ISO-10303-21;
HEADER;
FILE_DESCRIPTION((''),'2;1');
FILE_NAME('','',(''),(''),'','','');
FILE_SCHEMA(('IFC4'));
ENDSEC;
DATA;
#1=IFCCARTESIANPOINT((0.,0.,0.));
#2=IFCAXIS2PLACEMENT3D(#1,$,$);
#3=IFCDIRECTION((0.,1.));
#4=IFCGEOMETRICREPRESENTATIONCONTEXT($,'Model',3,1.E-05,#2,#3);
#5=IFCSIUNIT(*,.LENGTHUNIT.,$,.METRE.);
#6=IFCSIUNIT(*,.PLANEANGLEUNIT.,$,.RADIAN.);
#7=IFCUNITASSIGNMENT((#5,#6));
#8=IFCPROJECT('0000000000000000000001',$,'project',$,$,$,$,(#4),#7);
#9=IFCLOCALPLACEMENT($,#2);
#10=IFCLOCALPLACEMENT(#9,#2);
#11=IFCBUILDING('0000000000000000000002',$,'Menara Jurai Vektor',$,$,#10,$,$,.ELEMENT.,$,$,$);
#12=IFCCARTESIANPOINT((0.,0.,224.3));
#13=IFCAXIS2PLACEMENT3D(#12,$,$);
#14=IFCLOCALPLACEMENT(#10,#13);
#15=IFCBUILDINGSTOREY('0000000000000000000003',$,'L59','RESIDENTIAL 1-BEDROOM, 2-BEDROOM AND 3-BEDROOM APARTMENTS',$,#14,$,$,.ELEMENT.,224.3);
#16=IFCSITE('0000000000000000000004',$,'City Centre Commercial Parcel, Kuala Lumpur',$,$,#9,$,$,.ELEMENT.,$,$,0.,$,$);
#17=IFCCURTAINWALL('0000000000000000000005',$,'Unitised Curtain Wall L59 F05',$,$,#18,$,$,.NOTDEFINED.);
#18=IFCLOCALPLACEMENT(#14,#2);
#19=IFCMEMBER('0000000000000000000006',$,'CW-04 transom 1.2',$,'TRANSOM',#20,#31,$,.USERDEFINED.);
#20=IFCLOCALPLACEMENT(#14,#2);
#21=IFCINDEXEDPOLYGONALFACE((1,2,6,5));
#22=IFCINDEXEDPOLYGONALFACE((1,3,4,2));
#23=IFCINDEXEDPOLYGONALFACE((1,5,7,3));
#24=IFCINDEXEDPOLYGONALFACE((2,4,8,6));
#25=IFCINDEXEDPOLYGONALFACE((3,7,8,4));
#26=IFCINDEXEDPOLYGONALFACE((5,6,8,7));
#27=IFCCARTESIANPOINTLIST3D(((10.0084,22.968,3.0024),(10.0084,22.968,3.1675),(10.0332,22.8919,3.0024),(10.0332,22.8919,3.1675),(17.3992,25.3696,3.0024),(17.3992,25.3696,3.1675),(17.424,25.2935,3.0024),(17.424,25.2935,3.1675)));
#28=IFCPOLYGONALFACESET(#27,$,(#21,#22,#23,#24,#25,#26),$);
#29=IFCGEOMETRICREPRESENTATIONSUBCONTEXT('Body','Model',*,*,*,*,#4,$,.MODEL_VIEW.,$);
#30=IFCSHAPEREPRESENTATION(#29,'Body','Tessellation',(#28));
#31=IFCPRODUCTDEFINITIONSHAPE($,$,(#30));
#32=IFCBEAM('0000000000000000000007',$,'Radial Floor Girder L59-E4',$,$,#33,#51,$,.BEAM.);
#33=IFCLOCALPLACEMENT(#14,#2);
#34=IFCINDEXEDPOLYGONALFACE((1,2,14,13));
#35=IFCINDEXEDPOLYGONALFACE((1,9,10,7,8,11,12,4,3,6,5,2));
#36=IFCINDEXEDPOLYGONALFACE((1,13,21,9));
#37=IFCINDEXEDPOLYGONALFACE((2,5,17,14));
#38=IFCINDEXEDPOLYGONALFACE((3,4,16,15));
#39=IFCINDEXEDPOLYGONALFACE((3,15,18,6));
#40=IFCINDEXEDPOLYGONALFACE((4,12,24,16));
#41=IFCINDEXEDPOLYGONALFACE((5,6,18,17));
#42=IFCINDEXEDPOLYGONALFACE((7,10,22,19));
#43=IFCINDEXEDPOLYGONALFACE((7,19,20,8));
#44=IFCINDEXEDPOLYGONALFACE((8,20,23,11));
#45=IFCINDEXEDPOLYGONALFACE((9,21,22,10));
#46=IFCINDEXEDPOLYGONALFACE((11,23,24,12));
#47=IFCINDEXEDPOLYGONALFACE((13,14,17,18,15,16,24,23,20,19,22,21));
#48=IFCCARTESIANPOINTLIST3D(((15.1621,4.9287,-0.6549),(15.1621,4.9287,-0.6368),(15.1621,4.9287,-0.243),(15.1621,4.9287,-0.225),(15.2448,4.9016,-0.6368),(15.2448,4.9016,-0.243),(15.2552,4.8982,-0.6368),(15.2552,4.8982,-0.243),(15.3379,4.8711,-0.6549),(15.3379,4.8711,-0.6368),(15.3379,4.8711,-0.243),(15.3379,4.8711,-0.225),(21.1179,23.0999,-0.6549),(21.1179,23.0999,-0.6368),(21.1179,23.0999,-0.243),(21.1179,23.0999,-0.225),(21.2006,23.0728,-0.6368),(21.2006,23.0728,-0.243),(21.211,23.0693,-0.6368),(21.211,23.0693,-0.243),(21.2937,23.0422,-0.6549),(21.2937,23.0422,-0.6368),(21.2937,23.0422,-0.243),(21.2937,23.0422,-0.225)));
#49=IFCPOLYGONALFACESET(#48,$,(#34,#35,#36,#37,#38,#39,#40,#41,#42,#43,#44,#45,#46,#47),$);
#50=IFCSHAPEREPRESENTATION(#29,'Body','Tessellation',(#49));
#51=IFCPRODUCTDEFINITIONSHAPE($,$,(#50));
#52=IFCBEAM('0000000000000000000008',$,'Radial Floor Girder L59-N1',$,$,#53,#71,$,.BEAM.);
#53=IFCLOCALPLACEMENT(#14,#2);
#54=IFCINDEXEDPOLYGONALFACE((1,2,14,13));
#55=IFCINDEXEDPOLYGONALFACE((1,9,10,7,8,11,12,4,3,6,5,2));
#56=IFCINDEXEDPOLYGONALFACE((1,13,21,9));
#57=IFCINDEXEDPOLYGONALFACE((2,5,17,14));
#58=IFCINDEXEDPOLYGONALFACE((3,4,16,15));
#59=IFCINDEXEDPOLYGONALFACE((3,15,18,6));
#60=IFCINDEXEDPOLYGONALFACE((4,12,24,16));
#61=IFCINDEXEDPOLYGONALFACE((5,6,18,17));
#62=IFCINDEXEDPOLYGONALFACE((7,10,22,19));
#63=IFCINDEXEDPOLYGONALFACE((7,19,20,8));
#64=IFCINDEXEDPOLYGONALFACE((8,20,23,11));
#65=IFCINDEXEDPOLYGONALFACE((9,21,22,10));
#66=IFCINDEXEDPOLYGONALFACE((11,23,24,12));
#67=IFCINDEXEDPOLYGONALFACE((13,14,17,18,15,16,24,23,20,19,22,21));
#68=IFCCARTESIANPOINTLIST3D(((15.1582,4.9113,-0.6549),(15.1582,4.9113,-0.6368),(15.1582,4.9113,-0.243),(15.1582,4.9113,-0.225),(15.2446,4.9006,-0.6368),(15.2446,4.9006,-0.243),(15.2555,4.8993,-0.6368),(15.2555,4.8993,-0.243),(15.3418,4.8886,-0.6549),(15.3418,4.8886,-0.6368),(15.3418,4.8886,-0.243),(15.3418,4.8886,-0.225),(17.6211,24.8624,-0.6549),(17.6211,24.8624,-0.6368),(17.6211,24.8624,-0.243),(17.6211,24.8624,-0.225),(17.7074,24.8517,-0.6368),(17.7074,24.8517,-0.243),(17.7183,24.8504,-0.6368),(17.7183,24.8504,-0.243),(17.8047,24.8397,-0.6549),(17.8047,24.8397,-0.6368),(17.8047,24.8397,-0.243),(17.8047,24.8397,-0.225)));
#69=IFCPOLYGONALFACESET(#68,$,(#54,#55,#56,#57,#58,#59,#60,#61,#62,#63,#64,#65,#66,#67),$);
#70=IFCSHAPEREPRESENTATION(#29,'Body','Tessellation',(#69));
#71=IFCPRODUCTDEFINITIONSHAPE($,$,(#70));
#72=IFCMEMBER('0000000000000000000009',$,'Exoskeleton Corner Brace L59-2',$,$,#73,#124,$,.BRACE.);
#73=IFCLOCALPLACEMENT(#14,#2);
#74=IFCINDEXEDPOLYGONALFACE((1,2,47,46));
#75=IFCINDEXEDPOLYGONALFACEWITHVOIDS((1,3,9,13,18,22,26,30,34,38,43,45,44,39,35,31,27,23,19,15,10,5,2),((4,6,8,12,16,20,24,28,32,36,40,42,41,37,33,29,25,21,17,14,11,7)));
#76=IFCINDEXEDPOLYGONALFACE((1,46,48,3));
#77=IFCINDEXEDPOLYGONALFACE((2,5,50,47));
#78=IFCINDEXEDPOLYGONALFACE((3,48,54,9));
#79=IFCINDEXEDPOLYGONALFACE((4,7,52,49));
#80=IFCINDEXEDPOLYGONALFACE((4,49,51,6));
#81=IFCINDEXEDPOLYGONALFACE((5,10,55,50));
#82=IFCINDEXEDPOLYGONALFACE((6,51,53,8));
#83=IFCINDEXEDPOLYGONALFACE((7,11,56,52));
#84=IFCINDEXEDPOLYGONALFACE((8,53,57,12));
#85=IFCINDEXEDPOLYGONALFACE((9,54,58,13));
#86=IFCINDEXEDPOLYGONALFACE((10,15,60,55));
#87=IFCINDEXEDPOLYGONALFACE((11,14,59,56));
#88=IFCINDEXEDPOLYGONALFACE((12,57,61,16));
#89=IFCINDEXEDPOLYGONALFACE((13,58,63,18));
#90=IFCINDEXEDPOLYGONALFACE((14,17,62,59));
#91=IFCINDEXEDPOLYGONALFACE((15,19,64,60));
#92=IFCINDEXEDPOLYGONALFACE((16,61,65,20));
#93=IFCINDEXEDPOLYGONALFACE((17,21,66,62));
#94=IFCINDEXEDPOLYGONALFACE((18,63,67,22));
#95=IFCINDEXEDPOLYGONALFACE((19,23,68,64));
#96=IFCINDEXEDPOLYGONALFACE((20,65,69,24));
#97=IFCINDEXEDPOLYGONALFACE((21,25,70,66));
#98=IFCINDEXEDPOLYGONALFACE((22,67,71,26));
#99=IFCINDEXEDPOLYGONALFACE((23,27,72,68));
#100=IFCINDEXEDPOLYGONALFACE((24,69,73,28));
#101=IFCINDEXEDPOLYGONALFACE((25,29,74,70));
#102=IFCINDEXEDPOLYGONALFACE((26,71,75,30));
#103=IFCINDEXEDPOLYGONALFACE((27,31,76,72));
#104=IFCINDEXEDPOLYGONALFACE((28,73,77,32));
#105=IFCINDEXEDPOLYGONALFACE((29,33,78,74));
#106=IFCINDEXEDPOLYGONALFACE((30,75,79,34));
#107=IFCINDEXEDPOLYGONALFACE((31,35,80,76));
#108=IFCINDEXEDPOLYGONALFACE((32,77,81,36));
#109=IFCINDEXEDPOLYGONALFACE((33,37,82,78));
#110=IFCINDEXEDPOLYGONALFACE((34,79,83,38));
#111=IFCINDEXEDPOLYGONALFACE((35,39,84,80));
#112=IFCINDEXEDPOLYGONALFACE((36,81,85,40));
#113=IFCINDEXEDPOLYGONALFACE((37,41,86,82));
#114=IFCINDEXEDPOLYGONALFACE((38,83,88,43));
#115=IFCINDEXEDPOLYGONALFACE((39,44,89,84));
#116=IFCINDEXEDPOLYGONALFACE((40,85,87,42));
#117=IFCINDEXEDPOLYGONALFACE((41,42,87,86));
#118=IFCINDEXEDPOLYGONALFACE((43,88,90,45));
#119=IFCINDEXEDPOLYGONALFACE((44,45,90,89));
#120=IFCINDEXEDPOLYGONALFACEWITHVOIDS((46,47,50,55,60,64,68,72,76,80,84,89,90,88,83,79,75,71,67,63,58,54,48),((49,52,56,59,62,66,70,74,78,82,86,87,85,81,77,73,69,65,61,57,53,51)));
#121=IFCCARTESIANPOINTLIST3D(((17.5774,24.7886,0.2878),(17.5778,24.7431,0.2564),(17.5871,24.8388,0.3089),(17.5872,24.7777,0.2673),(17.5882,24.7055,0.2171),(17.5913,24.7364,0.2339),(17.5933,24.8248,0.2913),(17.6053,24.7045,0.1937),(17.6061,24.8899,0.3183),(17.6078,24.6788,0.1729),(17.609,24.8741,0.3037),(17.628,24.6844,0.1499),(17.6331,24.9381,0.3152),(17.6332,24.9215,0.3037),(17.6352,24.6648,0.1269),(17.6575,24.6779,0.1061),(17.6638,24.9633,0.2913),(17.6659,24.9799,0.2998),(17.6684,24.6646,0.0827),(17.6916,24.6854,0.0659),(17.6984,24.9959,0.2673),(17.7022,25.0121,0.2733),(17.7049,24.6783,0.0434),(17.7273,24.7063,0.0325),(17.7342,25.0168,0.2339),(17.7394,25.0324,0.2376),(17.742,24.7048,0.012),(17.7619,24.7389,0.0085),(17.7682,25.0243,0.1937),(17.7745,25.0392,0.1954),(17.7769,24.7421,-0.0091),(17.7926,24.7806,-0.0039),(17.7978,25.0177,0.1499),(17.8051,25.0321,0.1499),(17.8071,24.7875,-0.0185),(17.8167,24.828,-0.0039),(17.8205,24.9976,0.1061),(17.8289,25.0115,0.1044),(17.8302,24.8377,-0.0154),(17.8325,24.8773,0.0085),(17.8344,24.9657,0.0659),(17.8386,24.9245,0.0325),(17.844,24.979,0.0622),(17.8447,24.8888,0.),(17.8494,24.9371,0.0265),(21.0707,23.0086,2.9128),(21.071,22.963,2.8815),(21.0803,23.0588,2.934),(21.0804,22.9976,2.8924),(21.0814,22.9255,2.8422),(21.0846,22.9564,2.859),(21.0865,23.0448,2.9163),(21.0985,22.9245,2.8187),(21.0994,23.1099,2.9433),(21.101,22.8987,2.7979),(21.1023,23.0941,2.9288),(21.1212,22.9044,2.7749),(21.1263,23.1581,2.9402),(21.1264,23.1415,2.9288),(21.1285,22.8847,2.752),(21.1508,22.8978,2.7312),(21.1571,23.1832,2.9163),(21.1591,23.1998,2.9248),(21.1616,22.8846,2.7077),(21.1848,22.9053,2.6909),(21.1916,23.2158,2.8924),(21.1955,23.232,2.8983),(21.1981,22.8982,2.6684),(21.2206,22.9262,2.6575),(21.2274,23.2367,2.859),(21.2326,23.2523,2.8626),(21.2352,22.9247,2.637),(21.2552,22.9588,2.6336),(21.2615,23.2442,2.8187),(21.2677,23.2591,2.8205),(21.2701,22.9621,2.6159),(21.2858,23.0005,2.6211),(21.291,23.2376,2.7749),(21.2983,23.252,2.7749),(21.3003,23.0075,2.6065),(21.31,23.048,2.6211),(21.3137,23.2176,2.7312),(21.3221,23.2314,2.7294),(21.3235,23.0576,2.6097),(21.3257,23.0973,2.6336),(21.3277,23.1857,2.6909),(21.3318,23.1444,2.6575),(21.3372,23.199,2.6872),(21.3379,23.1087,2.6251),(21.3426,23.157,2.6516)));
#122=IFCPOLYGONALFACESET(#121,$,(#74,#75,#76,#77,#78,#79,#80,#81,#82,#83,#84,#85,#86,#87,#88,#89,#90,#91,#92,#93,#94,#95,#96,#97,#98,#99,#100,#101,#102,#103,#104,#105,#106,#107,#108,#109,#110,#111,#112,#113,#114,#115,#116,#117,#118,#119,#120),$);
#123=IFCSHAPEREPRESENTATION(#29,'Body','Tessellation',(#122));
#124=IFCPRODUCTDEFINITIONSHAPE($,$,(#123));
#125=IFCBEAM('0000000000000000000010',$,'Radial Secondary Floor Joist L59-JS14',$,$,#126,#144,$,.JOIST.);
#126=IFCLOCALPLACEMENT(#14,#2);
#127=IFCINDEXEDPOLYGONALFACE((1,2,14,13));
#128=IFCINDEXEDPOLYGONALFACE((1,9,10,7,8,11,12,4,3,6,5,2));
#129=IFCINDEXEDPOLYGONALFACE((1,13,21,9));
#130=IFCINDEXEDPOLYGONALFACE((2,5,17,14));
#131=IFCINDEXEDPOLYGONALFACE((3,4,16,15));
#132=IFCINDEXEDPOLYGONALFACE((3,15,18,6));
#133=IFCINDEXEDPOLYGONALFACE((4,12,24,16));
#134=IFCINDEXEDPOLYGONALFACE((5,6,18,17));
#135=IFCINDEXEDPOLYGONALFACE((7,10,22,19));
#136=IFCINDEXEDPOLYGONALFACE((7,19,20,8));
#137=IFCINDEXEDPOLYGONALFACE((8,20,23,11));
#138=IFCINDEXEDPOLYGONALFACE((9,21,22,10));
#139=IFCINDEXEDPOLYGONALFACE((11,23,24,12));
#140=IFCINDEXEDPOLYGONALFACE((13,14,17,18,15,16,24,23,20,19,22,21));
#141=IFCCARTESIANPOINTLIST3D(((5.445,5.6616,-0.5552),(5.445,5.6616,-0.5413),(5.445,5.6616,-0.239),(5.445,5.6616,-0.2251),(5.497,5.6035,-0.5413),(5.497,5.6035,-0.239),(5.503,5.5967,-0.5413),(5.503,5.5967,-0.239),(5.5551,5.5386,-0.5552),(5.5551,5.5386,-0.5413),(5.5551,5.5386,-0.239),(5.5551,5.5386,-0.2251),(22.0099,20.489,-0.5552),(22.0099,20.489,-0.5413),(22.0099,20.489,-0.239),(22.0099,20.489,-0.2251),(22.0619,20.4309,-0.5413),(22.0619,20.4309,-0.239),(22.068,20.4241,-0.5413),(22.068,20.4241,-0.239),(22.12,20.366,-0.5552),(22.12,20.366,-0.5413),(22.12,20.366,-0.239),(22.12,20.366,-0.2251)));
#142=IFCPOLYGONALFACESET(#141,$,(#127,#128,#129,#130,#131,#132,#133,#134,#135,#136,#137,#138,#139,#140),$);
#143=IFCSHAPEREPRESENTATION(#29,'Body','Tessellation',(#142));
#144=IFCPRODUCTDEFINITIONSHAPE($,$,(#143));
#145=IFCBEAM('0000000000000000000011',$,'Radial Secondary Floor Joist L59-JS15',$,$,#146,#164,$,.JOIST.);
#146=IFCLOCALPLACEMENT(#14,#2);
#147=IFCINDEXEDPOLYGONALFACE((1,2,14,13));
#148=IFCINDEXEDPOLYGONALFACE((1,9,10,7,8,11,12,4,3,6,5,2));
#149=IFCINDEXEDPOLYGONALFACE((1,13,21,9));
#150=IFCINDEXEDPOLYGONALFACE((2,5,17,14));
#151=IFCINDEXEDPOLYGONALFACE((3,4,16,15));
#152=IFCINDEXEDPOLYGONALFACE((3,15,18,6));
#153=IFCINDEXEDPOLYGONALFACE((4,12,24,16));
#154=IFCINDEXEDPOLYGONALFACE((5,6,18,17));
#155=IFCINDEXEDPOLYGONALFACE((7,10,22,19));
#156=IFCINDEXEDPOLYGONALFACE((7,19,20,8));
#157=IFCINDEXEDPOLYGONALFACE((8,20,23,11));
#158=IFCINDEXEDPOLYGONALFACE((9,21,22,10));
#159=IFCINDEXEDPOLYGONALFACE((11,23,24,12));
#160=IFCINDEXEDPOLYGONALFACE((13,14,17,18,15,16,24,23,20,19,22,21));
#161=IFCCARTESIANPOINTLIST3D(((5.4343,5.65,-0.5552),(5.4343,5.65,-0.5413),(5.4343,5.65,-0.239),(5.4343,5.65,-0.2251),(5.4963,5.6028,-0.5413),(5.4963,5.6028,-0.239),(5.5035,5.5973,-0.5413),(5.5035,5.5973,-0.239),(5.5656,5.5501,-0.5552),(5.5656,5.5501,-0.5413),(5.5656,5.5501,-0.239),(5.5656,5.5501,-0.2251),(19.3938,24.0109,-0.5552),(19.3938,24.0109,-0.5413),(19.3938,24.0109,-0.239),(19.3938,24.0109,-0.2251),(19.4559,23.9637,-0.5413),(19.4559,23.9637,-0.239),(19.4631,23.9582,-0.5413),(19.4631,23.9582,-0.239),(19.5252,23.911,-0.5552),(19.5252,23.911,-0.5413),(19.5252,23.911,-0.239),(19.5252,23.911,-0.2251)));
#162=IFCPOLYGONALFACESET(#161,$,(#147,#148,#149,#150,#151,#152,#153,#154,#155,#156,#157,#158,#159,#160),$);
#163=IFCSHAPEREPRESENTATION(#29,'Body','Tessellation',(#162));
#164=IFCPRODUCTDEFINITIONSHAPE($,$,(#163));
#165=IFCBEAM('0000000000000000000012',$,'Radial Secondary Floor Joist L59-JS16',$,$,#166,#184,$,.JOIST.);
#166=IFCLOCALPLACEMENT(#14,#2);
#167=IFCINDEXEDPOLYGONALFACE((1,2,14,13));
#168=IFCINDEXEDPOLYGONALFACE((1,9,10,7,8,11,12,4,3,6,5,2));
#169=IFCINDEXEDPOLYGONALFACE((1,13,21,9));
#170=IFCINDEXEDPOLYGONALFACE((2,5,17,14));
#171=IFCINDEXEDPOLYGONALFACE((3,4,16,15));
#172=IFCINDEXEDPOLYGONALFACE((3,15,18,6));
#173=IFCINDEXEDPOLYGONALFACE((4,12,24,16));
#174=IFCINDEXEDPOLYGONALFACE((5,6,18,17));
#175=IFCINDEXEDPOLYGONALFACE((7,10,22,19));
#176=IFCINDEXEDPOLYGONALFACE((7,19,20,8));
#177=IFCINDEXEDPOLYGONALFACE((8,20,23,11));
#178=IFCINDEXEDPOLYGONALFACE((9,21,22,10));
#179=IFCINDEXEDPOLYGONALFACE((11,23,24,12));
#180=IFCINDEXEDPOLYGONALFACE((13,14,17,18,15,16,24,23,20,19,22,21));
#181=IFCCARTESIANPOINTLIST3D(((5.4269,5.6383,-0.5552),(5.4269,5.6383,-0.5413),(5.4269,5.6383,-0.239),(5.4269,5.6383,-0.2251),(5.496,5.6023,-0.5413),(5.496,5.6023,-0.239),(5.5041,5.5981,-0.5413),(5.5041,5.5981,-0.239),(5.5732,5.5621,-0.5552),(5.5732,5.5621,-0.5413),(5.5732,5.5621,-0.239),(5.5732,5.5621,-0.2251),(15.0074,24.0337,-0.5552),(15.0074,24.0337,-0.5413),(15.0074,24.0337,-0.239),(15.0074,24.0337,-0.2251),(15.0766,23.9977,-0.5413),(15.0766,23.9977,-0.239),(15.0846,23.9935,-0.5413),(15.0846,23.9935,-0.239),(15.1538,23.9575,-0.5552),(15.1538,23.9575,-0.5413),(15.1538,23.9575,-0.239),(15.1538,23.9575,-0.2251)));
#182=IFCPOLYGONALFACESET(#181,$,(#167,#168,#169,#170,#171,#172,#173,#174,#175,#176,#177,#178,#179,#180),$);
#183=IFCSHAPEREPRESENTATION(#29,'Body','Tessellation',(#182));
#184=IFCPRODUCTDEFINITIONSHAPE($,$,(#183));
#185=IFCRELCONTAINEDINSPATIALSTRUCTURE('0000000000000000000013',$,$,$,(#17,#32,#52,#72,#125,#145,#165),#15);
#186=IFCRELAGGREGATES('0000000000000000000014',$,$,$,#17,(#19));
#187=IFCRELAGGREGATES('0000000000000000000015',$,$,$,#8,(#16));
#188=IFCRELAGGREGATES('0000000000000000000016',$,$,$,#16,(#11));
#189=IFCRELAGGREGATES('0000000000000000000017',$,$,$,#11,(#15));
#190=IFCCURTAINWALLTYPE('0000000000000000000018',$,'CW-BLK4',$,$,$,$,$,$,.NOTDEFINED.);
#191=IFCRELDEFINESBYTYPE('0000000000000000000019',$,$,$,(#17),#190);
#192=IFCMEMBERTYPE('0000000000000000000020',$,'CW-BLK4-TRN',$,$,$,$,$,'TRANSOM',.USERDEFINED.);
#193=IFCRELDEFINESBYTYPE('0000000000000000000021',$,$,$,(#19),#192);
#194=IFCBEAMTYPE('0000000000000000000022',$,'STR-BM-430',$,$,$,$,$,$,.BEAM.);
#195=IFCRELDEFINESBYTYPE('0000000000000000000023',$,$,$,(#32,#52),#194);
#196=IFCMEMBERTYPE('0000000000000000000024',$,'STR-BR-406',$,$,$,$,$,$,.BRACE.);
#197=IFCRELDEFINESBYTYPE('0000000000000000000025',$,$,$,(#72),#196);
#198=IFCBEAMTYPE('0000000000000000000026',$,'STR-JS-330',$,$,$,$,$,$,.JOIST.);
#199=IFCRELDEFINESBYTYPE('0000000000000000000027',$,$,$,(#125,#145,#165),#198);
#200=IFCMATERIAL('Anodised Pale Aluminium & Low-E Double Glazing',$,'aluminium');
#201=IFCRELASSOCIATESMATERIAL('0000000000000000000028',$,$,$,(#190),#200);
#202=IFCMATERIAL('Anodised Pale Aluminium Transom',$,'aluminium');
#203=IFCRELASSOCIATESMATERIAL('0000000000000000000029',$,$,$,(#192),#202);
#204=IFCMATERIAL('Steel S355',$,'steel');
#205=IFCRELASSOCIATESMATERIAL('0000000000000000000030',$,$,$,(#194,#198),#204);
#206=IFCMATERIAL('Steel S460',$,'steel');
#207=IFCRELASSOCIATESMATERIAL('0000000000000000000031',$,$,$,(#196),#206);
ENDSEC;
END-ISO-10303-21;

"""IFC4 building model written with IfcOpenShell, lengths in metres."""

from ifc_helpers import new_model, si_unit, direction, frame, origin, origin_2d, place, context, subcontext, project, spatial, rectangle, hollow_circle, i_section, extrude, material, material_profile, profile_set, type_object, element, aggregate, save


model = new_model("IFC4")

# Units and contexts
model_context = context("Model", 3, precision=1e-05, world=origin(), true_north=direction((0.0, 1.0)))
body_context = subcontext(model_context, "Body", "Model", "MODEL_VIEW")
ifc_project = project(units=[si_unit("LENGTHUNIT", "METRE"), si_unit("PLANEANGLEUNIT", "RADIAN")], contexts=[model_context])

# Site, building, storey
site_placement = place(None, origin())
site = spatial("IfcSite", under=ifc_project, at=site_placement, Name="City Centre Commercial Parcel, Kuala Lumpur", CompositionType="ELEMENT", RefElevation=0.0)
building_placement = place(site_placement, origin())
building = spatial("IfcBuilding", under=site, at=building_placement, Name="Menara Jurai Vektor", CompositionType="ELEMENT")
storey_placement = place(building_placement, frame((0.0, 0.0, 224.3)))
storey = spatial("IfcBuildingStorey", under=building, at=storey_placement, Name="L59", Description="RESIDENTIAL 1-BEDROOM, 2-BEDROOM AND 3-BEDROOM APARTMENTS", CompositionType="ELEMENT", Elevation=224.3)

# Shared definitions
ifc_material_1 = material(Name="Steel S460", Category="steel")

# Shared definitions
ifc_material_2 = material(Name="Anodised Pale Aluminium & Low-E Double Glazing", Category="aluminium")
curtain_wall_type = type_object("IfcCurtainWallType", Name="CW-BLK4", PredefinedType="NOTDEFINED", material=ifc_material_2)

# Curtain wall
curtain_wall_1_placement = place(storey_placement, origin())
curtain_wall_1 = element("IfcCurtainWall", 1, at=curtain_wall_1_placement, inside=storey, type_object=curtain_wall_type, Name="Unitised Curtain Wall L59 F05", PredefinedType="NOTDEFINED")

# Member
ifc_material_3 = material(Name="Anodised Pale Aluminium Transom", Category="aluminium")
ifc_material_profile_1 = material_profile(ifc_material_3, rectangle(XDim=0.0801, YDim=0.165, at=origin_2d()), Name="ALU TRN 80x165")
ifc_profile_set_1 = profile_set([ifc_material_profile_1], Name="Anodised Pale Aluminium Transom")
member_type_1 = type_object("IfcMemberType", Name="CW-BLK4-TRN", ElementType="TRANSOM", PredefinedType="USERDEFINED", material=ifc_profile_set_1)
member_1_placement = place(storey_placement, frame((17.4116, 25.3315, 3.085), z_axis=(-0.95105, -0.309037, 0.0), x_axis=(0.309037, -0.95105, 0.0)))
member_1 = element("IfcMember", 2, at=member_1_placement, type_object=member_type_1, Name="CW-04 transom 1.2", ObjectType="TRANSOM", PredefinedType="USERDEFINED", context=body_context, shape_type="SweptSolid", body=[
    extrude(rectangle(XDim=0.0801, YDim=0.165, at=origin_2d()), origin(), (0.0, 0.0, 1.0), 7.7712),
])

# Beams
ifc_material_4 = material(Name="Steel S355", Category="steel")
ifc_material_profile_2 = material_profile(ifc_material_4, i_section(OverallWidth=0.1851, OverallDepth=0.4299, WebThickness=0.011, FlangeThickness=0.0181, at=origin_2d()), Name="PG 430x185x76")
ifc_profile_set_2 = profile_set([ifc_material_profile_2], Name="Steel S355")
beam_type_1 = type_object("IfcBeamType", Name="STR-BM-430", PredefinedType="BEAM", material=ifc_profile_set_2)
beam_1_placement = place(storey_placement, frame((21.2058, 23.071, -0.4399), z_axis=(-0.311459, -0.95026, 0.0), x_axis=(0.95026, -0.311459, 0.0)))
element("IfcBeam", 3, at=beam_1_placement, inside=storey, type_object=beam_type_1, Name="Radial Floor Girder L59-E4", PredefinedType="BEAM", context=body_context, shape_type="SweptSolid", body=[
    extrude(i_section(OverallWidth=0.1851, OverallDepth=0.4299, WebThickness=0.011, FlangeThickness=0.0181, at=origin_2d()), origin(), (0.0, 0.0, 1.0), 19.1223),
])
beam_2_placement = place(storey_placement, frame((17.7129, 24.8511, -0.4399), z_axis=(-0.122516, -0.992467, 0.0), x_axis=(0.992467, -0.122516, 0.0)))
element("IfcBeam", 4, at=beam_2_placement, inside=storey, type_object=beam_type_1, Name="Radial Floor Girder L59-N1", PredefinedType="BEAM", context=body_context, shape_type="SweptSolid", body=[
    extrude(i_section(OverallWidth=0.1851, OverallDepth=0.4299, WebThickness=0.011, FlangeThickness=0.0181, at=origin_2d()), origin(), (0.0, 0.0, 1.0), 20.1025),
])

# Member
ifc_material_profile_3 = material_profile(ifc_material_1, hollow_circle(Radius=0.2031, WallThickness=0.0161, at=origin_2d()), Name="CHS 406.4x16")
ifc_profile_set_3 = profile_set([ifc_material_profile_3], Name="Steel S460")
member_type_2 = type_object("IfcMemberType", Name="STR-BR-406", PredefinedType="BRACE", material=ifc_profile_set_3)
member_2_placement = place(storey_placement, frame((17.7129, 24.8511, 0.1499), z_axis=(0.740361, -0.377269, 0.556357), x_axis=(0.454026, 0.890989, 0.0)))
element("IfcMember", 5, at=member_2_placement, inside=storey, type_object=member_type_2, Name="Exoskeleton Corner Brace L59-2", PredefinedType="BRACE", context=body_context, shape_type="SweptSolid", body=[
    extrude(hollow_circle(Radius=0.2031, WallThickness=0.0161, at=origin_2d()), origin(), (0.0, 0.0, 1.0), 4.7183),
])

# Beams
ifc_material_profile_4 = material_profile(ifc_material_4, i_section(OverallWidth=0.165, OverallDepth=0.3301, WebThickness=0.009, FlangeThickness=0.0139, at=origin_2d()), Name="PG 330x165x46")
ifc_profile_set_4 = profile_set([ifc_material_profile_4], Name="Steel S355")
beam_type_2 = type_object("IfcBeamType", Name="STR-JS-330", PredefinedType="JOIST", material=ifc_profile_set_4)
beam_3_placement = place(storey_placement, frame((22.0649, 20.4275, -0.3901), z_axis=(-0.745104, -0.666948, 0.0), x_axis=(0.666948, -0.745104, 0.0)))
element("IfcBeam", 6, at=beam_3_placement, inside=storey, type_object=beam_type_2, Name="Radial Secondary Floor Joist L59-JS14", PredefinedType="JOIST", context=body_context, shape_type="SweptSolid", body=[
    extrude(i_section(OverallWidth=0.165, OverallDepth=0.3301, WebThickness=0.009, FlangeThickness=0.0139, at=origin_2d()), origin(), (0.0, 0.0, 1.0), 22.2317),
])
beam_4_placement = place(storey_placement, frame((19.4595, 23.9609, -0.3901), z_axis=(-0.605227, -0.796053, 0.0), x_axis=(0.796053, -0.605227, 0.0)))
element("IfcBeam", 7, at=beam_4_placement, inside=storey, type_object=beam_type_2, Name="Radial Secondary Floor Joist L59-JS15", PredefinedType="JOIST", context=body_context, shape_type="SweptSolid", body=[
    extrude(i_section(OverallWidth=0.165, OverallDepth=0.3301, WebThickness=0.009, FlangeThickness=0.0139, at=origin_2d()), origin(), (0.0, 0.0, 1.0), 23.0649),
])
beam_5_placement = place(storey_placement, frame((15.0806, 23.9956, -0.3901), z_axis=(-0.461918, -0.886923, 0.0), x_axis=(0.886923, -0.461918, 0.0)))
element("IfcBeam", 8, at=beam_5_placement, inside=storey, type_object=beam_type_2, Name="Radial Secondary Floor Joist L59-JS16", PredefinedType="JOIST", context=body_context, shape_type="SweptSolid", body=[
    extrude(i_section(OverallWidth=0.165, OverallDepth=0.3301, WebThickness=0.009, FlangeThickness=0.0139, at=origin_2d()), origin(), (0.0, 0.0, 1.0), 20.7407),
])

aggregate(curtain_wall_1, [member_1])

save(model, "model.ifc")
